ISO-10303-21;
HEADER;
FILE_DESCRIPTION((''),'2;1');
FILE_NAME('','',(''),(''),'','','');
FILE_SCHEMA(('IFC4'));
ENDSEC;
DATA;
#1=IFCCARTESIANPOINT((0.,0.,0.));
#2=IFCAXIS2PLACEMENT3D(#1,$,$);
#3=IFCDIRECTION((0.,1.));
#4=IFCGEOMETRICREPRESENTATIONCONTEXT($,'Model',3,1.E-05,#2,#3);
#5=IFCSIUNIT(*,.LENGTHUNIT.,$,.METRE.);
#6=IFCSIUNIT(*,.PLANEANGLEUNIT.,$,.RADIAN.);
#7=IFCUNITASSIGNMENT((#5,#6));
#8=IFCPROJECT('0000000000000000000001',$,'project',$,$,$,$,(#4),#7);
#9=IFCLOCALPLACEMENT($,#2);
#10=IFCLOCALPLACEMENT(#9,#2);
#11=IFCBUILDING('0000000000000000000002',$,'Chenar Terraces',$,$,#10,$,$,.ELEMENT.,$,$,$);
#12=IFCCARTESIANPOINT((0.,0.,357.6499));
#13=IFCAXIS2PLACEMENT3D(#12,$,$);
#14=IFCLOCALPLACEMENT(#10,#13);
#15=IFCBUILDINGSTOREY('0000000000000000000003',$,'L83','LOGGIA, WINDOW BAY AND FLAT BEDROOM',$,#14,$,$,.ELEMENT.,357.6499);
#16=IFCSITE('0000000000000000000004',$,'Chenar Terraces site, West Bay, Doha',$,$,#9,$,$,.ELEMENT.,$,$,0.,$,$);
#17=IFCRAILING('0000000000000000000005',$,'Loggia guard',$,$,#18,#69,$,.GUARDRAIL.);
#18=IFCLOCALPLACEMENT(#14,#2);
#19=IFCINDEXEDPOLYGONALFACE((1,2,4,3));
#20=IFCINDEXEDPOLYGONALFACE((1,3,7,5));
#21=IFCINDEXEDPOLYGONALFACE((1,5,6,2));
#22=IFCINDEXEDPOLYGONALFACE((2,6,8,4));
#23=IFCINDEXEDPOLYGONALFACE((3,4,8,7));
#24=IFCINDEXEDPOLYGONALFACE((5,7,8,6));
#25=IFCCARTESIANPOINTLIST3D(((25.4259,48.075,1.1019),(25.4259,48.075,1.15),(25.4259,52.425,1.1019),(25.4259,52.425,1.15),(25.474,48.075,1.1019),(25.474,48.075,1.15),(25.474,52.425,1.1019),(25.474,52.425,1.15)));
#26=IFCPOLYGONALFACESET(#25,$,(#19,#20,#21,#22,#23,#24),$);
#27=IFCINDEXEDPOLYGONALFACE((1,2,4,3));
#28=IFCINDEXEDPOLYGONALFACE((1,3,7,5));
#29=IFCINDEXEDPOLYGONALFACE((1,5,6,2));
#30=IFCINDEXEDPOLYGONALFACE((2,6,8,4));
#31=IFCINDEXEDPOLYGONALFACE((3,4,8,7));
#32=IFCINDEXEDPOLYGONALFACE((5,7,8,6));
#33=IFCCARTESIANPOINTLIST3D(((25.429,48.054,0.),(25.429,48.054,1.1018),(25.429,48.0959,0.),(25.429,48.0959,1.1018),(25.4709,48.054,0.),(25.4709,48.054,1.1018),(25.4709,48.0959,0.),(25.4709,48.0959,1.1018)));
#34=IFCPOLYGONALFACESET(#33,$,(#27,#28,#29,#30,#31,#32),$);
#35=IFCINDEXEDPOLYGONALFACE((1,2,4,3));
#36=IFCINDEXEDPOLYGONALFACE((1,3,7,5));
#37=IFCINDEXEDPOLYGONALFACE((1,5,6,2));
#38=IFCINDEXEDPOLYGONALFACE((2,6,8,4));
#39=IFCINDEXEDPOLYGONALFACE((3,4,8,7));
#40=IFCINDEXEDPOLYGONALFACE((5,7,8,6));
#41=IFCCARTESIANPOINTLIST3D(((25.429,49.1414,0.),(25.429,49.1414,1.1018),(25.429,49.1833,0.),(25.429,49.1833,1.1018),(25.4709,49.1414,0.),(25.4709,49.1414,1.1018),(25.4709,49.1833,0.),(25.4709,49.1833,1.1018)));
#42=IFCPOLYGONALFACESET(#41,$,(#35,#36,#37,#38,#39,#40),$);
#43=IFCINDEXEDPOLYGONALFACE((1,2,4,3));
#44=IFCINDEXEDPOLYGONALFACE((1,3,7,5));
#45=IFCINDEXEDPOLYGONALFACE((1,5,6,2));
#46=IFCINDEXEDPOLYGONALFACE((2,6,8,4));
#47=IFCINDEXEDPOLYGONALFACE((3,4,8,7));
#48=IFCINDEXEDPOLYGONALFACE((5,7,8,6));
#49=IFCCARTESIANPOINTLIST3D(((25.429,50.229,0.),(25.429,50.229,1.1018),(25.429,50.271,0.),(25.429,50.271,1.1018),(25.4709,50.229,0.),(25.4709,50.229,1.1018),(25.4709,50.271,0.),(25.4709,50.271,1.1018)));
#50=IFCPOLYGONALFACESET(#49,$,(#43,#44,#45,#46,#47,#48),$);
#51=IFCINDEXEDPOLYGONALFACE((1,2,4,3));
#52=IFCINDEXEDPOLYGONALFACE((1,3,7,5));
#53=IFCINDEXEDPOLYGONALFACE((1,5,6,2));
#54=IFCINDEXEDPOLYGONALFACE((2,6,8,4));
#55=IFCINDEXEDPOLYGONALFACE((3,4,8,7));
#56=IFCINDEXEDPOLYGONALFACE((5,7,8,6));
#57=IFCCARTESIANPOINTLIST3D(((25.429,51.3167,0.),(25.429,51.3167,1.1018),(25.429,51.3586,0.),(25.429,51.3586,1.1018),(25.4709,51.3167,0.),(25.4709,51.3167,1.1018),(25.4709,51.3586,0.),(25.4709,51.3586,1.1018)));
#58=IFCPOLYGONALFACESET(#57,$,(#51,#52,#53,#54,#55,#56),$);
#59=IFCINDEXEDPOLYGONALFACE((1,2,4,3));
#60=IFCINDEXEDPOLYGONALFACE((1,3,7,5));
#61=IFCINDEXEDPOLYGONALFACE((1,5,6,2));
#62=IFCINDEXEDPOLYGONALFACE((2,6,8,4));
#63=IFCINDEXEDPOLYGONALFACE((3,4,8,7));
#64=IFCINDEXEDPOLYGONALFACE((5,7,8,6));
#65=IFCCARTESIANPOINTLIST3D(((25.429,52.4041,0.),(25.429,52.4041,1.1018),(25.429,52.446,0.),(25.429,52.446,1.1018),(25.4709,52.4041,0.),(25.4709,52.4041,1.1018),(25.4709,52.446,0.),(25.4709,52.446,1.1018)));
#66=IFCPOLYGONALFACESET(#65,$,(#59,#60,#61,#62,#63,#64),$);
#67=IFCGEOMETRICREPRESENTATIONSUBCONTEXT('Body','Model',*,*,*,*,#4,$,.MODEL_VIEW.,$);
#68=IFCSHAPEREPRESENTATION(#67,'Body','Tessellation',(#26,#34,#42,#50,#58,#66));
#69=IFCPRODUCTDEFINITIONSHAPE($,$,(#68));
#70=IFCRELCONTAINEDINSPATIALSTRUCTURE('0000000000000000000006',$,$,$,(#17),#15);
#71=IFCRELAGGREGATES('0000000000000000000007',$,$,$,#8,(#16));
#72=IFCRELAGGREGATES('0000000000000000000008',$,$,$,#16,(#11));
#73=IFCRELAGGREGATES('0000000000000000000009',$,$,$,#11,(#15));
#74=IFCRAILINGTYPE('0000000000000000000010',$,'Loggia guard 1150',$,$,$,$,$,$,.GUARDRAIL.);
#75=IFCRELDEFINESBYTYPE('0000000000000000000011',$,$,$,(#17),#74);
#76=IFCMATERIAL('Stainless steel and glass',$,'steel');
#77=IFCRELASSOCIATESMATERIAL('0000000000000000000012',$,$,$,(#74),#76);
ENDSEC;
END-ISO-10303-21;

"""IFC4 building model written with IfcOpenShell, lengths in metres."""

from ifc_helpers import new_model, si_unit, direction, frame, origin, origin_2d, place, context, subcontext, project, spatial, rectangle, extrude, material, type_object, element, save


model = new_model("IFC4")

# Units and contexts
model_context = context("Model", 3, precision=1e-05, world=origin(), true_north=direction((0.0, 1.0)))
body_context = subcontext(model_context, "Body", "Model", "MODEL_VIEW")
ifc_project = project(units=[si_unit("LENGTHUNIT", "METRE"), si_unit("PLANEANGLEUNIT", "RADIAN")], contexts=[model_context])

# Site, building, storey
site_placement = place(None, origin())
site = spatial("IfcSite", under=ifc_project, at=site_placement, Name="Chenar Terraces site, West Bay, Doha", CompositionType="ELEMENT", RefElevation=0.0)
building_placement = place(site_placement, origin())
building = spatial("IfcBuilding", under=site, at=building_placement, Name="Chenar Terraces", CompositionType="ELEMENT")
storey_placement = place(building_placement, frame((0.0, 0.0, 357.6499)))
storey = spatial("IfcBuildingStorey", under=building, at=storey_placement, Name="L83", Description="LOGGIA, WINDOW BAY AND FLAT BEDROOM", CompositionType="ELEMENT", Elevation=357.6499)

# Railing
ifc_material_1 = material(Name="Stainless steel and glass", Category="steel")
railing_type_1 = type_object("IfcRailingType", Name="Loggia guard 1150", PredefinedType="GUARDRAIL", material=ifc_material_1)
railing_1_placement = place(storey_placement, frame((25.45, 48.075, 0.0)))
element("IfcRailing", 1, at=railing_1_placement, inside=storey, type_object=railing_type_1, Name="Loggia guard", PredefinedType="GUARDRAIL", context=body_context, shape_type="SweptSolid", body=[
    extrude(rectangle(XDim=0.0481, YDim=0.0481, at=origin_2d()), frame((0.0, 0.0, 1.126), z_axis=(0.0, 1.0, 0.0), x_axis=(-1.0, 0.0, 0.0)), (0.0, 0.0, 1.0), 4.3501),
    extrude(rectangle(XDim=0.042, YDim=0.042, at=origin_2d()), origin(), (0.0, 0.0, 1.0), 1.1018),
    extrude(rectangle(XDim=0.042, YDim=0.042, at=origin_2d()), frame((0.0, 1.0874, 0.0)), (0.0, 0.0, 1.0), 1.1018),
    extrude(rectangle(XDim=0.042, YDim=0.042, at=origin_2d()), frame((0.0, 2.175, 0.0)), (0.0, 0.0, 1.0), 1.1018),
    extrude(rectangle(XDim=0.042, YDim=0.042, at=origin_2d()), frame((0.0, 3.2627, 0.0)), (0.0, 0.0, 1.0), 1.1018),
    extrude(rectangle(XDim=0.042, YDim=0.042, at=origin_2d()), frame((0.0, 4.3501, 0.0)), (0.0, 0.0, 1.0), 1.1018),
])

save(model, "model.ifc")
